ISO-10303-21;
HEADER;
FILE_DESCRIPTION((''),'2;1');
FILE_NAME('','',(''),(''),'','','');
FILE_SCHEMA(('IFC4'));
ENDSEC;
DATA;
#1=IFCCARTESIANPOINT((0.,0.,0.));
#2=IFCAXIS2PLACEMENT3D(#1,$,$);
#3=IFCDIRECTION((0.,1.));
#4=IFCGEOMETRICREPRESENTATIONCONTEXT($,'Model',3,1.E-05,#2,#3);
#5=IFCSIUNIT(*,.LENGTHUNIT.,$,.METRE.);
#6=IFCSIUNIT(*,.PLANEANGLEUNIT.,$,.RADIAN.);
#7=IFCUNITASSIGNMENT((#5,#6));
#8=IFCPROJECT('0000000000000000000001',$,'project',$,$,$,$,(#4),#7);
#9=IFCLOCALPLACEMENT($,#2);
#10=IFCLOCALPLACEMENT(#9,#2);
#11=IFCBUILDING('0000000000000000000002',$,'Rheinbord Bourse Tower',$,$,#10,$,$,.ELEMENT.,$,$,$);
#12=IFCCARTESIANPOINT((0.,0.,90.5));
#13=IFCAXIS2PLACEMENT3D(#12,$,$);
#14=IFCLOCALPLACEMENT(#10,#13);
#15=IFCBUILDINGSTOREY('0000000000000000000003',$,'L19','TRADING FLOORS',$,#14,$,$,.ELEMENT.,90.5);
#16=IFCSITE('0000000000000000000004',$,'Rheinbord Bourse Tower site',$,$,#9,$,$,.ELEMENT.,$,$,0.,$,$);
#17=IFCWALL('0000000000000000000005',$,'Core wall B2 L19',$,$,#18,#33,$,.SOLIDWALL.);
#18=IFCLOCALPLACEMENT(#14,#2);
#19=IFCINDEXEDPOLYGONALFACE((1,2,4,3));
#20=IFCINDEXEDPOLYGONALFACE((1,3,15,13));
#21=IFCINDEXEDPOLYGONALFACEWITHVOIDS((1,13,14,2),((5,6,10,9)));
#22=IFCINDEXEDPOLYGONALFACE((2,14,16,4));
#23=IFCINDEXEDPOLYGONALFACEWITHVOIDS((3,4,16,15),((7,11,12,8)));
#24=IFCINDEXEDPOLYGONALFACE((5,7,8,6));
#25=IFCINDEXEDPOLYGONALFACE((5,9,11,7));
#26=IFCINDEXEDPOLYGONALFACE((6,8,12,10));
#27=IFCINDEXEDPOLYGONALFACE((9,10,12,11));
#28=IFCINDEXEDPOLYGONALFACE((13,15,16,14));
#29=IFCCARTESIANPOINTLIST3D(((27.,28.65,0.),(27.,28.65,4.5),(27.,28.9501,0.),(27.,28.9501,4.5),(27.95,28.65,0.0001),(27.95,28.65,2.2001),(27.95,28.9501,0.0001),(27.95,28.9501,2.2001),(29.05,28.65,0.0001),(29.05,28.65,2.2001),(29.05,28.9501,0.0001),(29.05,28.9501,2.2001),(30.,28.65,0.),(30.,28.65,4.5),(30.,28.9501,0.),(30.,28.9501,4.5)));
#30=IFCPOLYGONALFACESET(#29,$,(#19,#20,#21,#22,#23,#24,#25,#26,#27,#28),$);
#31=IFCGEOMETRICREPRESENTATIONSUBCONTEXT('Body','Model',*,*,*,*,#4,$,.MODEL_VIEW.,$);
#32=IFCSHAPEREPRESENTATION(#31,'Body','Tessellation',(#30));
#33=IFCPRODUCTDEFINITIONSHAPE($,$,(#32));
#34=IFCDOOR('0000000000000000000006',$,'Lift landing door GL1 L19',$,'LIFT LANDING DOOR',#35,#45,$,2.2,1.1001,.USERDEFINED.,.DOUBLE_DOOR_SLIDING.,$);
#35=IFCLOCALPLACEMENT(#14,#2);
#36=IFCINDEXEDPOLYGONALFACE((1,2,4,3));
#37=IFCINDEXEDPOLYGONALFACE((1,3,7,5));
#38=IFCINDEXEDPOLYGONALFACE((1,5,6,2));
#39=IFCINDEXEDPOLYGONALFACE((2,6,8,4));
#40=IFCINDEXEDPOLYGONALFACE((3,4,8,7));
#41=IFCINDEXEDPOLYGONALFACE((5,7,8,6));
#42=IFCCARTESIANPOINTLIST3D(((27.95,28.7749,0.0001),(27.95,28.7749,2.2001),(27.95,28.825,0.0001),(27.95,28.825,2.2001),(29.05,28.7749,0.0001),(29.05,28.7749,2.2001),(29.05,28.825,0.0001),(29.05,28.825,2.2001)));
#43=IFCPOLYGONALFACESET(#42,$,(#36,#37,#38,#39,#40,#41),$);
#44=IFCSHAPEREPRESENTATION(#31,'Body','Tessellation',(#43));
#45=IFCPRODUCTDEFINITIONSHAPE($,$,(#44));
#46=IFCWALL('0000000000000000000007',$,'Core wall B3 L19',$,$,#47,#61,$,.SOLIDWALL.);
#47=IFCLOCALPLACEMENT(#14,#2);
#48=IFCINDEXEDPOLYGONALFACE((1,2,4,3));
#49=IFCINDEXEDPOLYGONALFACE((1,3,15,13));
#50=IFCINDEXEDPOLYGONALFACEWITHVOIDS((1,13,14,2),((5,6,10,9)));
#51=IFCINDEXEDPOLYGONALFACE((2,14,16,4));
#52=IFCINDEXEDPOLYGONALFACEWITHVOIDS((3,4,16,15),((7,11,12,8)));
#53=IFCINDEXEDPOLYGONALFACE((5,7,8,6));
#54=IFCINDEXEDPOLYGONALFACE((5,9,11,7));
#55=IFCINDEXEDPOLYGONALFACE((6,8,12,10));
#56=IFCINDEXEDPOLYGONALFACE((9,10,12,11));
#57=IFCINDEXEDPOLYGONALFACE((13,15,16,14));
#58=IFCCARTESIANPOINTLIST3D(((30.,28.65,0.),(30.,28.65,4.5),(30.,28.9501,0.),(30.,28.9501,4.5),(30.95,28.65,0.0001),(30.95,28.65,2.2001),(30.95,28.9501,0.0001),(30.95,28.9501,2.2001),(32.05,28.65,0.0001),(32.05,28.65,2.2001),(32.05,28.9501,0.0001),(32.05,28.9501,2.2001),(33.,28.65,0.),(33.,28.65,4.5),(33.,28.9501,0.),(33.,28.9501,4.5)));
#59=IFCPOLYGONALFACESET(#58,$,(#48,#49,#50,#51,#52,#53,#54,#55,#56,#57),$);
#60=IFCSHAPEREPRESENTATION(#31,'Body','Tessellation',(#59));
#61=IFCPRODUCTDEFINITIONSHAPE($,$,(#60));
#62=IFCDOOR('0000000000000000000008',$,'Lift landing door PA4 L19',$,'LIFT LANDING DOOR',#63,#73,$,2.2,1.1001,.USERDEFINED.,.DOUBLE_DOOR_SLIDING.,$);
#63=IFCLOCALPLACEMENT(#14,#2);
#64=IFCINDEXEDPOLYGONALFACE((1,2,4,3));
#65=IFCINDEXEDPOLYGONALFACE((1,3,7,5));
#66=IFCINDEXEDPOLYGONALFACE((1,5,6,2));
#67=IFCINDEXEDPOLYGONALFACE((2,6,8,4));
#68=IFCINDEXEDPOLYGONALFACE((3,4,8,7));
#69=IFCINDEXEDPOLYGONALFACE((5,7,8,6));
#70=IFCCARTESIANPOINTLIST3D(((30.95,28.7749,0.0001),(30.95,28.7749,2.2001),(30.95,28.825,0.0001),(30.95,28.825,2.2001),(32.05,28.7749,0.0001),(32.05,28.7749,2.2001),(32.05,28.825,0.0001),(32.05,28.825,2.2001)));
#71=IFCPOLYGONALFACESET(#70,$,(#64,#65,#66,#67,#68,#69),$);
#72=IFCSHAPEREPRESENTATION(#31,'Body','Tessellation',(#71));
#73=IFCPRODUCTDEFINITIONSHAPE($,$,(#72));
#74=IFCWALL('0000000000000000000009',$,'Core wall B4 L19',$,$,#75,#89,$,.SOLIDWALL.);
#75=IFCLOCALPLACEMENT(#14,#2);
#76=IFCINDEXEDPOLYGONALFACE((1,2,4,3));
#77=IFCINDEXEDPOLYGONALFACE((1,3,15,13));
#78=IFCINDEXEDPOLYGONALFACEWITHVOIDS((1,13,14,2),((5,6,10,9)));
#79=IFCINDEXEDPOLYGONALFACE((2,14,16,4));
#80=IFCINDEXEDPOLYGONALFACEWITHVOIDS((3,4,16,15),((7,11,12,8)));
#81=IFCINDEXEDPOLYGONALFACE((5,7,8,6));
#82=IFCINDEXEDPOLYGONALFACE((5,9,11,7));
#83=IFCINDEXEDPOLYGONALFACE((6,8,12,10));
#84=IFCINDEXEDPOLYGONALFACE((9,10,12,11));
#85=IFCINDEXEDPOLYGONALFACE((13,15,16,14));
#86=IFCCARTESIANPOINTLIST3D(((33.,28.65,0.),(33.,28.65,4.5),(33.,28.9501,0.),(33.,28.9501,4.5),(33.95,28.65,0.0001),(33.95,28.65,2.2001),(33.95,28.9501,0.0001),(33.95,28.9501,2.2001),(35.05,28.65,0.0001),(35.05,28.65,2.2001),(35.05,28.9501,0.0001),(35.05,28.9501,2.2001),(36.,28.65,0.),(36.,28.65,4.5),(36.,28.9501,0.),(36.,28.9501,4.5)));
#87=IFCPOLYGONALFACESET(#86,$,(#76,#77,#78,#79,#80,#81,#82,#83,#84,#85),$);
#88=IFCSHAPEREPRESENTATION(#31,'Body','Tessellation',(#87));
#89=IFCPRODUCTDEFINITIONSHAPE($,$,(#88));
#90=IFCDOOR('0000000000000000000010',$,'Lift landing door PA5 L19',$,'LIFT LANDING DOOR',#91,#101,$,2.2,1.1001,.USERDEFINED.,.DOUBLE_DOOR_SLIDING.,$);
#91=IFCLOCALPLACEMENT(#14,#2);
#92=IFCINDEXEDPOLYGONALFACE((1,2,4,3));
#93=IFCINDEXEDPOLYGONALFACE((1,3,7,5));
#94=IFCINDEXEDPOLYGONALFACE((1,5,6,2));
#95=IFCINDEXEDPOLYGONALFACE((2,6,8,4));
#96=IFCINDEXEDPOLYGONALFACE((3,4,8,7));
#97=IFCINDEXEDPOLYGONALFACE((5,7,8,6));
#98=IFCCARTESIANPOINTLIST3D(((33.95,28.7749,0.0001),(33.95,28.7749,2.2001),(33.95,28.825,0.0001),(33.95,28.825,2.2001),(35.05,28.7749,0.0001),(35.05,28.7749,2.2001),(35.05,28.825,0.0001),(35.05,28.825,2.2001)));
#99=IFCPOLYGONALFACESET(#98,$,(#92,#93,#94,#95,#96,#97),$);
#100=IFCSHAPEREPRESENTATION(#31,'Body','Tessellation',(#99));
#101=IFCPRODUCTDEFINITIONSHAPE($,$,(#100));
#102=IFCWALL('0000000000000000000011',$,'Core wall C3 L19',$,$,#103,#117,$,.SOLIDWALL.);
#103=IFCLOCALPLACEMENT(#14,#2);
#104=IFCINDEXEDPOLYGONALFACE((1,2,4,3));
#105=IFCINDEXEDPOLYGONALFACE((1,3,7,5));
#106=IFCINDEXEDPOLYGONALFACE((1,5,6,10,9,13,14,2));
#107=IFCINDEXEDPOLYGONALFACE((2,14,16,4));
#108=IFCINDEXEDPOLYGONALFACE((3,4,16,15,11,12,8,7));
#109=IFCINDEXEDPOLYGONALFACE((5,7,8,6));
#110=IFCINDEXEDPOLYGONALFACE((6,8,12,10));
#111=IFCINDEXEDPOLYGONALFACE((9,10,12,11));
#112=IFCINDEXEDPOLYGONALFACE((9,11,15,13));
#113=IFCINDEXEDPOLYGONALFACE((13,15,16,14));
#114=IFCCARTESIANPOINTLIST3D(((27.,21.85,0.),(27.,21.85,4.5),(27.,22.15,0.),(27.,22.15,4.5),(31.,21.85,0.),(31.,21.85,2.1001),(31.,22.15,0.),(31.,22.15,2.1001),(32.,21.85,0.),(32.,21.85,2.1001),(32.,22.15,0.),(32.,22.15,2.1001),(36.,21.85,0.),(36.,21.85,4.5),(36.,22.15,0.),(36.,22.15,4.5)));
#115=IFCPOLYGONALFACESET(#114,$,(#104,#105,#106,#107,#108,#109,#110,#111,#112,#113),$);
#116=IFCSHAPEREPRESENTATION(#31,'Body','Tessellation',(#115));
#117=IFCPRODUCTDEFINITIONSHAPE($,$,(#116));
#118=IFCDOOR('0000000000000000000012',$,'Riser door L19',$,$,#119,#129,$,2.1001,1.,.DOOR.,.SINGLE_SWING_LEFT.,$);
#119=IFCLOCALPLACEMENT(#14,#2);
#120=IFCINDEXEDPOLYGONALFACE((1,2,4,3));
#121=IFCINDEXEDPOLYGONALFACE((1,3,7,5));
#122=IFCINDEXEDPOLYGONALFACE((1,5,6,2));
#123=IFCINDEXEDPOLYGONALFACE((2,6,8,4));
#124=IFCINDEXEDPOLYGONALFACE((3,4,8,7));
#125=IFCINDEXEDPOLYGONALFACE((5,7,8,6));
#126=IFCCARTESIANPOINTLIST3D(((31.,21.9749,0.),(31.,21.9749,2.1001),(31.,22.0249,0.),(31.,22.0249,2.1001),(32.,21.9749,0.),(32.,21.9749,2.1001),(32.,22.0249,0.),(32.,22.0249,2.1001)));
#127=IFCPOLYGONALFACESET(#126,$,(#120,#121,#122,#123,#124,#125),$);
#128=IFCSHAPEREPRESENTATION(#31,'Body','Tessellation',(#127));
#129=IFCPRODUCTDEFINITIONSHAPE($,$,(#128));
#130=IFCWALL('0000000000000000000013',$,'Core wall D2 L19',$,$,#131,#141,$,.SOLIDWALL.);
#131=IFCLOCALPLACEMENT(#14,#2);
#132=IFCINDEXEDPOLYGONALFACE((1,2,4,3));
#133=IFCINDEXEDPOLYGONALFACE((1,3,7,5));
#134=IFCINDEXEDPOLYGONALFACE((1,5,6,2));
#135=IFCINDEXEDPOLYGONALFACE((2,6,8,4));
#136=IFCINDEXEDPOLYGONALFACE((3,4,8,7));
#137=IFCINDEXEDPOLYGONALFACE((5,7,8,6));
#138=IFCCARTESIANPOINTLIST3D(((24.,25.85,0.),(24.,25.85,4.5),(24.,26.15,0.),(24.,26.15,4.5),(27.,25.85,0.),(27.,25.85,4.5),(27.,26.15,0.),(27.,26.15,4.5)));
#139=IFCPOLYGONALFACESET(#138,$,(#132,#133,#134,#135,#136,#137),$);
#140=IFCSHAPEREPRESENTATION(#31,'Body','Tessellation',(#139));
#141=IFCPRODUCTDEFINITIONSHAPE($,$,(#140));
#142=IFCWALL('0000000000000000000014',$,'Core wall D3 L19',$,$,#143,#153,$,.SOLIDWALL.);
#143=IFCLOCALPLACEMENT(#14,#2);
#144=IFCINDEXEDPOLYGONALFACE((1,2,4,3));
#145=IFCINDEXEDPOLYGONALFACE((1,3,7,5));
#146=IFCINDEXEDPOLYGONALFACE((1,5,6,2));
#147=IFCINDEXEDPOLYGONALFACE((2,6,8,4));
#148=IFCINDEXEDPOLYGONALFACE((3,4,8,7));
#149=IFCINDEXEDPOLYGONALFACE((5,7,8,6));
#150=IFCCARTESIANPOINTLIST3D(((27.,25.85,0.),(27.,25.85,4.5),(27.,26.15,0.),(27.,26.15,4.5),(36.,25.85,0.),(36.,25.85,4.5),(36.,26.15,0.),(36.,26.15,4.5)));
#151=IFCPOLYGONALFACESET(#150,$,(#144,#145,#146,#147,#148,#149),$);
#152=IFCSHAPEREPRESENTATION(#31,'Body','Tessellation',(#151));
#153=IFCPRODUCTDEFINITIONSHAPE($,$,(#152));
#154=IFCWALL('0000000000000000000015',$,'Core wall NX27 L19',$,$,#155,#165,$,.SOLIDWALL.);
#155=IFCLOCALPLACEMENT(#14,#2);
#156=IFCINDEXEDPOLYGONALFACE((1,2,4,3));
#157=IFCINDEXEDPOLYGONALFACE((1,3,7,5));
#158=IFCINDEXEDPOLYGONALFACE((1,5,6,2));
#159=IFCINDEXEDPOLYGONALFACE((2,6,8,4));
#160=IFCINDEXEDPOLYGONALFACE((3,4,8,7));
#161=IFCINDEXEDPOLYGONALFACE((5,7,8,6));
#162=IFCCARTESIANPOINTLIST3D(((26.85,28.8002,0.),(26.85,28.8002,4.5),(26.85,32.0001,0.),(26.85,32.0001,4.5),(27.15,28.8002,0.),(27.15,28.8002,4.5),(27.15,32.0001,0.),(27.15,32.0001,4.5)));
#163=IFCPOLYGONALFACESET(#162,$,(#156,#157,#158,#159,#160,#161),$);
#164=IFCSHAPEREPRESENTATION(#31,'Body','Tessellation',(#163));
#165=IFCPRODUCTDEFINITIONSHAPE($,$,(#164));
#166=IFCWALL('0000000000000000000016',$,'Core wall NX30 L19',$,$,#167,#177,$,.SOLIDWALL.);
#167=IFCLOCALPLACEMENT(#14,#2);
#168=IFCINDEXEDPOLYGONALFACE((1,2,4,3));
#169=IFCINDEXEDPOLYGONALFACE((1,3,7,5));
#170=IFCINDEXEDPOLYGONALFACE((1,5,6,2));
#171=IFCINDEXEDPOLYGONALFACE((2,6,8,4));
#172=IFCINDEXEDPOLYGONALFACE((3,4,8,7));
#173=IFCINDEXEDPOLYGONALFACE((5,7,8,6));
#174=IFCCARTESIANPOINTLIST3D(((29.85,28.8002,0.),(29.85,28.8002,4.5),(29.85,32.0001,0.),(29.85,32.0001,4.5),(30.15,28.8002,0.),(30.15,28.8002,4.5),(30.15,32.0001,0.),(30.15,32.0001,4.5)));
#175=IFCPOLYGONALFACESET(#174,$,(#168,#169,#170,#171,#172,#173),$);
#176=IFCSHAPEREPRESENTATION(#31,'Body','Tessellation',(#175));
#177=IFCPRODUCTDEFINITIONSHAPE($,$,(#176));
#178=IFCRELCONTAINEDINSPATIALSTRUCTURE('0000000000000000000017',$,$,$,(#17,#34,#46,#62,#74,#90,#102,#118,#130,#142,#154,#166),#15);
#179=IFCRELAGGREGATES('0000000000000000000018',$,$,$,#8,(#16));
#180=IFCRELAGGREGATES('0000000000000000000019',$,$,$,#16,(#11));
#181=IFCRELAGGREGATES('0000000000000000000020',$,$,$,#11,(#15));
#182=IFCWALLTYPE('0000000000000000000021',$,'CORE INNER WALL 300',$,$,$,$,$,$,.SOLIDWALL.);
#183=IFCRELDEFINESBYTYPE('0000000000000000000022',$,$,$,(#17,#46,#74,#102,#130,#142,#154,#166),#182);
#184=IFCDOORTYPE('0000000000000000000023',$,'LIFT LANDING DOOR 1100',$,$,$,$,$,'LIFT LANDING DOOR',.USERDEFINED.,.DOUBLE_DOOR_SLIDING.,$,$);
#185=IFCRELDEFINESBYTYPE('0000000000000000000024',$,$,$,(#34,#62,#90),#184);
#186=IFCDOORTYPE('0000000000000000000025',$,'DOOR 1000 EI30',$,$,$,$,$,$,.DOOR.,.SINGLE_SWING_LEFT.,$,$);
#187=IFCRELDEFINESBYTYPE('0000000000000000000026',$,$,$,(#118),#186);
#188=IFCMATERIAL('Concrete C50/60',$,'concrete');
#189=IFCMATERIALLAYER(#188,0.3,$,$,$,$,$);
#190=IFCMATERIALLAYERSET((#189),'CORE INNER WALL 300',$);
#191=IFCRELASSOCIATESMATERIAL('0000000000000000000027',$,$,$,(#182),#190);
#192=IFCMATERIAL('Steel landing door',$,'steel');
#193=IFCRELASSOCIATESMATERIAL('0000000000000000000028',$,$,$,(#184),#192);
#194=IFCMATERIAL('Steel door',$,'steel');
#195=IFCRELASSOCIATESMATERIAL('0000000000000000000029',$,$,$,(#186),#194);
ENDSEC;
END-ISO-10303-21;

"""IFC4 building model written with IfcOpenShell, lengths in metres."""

from ifc_helpers import new_model, si_unit, direction, frame, frame_2d, origin, place, context, subcontext, project, spatial, rectangle, extrude, material, layer, layer_set, type_object, element, fill, save


model = new_model("IFC4")

# Units and contexts
model_context = context("Model", 3, precision=1e-05, world=origin(), true_north=direction((0.0, 1.0)))
body_context = subcontext(model_context, "Body", "Model", "MODEL_VIEW")
ifc_project = project(units=[si_unit("LENGTHUNIT", "METRE"), si_unit("PLANEANGLEUNIT", "RADIAN")], contexts=[model_context])

# Site, building, storey
site_placement = place(None, origin())
site = spatial("IfcSite", under=ifc_project, at=site_placement, Name="Rheinbord Bourse Tower site", CompositionType="ELEMENT", RefElevation=0.0)
building_placement = place(site_placement, origin())
building = spatial("IfcBuilding", under=site, at=building_placement, Name="Rheinbord Bourse Tower", CompositionType="ELEMENT")
storey_placement = place(building_placement, frame((0.0, 0.0, 90.5)))
storey = spatial("IfcBuildingStorey", under=building, at=storey_placement, Name="L19", Description="TRADING FLOORS", CompositionType="ELEMENT", Elevation=90.5)

# Walls, openings, doors
ifc_material_1 = material(Name="Concrete C50/60", Category="concrete")
ifc_layer_1 = layer(ifc_material_1, 0.3)
ifc_layer_set_1 = layer_set([ifc_layer_1], Name="CORE INNER WALL 300")
wall_type_1 = type_object("IfcWallType", Name="CORE INNER WALL 300", PredefinedType="SOLIDWALL", material=ifc_layer_set_1)
wall_1_placement = place(storey_placement, frame((27.0, 28.8, 0.0), z_axis=(0.0, 0.0, 1.0), x_axis=(1.0, 0.0, 0.0)))
wall_1 = element("IfcWall", 1, at=wall_1_placement, inside=storey, type_object=wall_type_1, Name="Core wall B2 L19", PredefinedType="SOLIDWALL", context=body_context, shape_type="SweptSolid", body=[
    extrude(rectangle(XDim=3.0, YDim=0.3, at=frame_2d((1.5, 0.0))), origin(), (0.0, 0.0, 1.0), 4.5),
])
opening_1_placement = place(wall_1_placement, frame((0.95, 0.0, 0.0)))
opening_1 = element("IfcOpeningElement", 2, at=opening_1_placement, cuts=wall_1, PredefinedType="OPENING", context=body_context, shape_type="SweptSolid", body=[
    extrude(rectangle(XDim=1.1001, YDim=2.2, at=frame_2d((0.55, 1.1001))), frame((0.0, 0.1599, 0.0), z_axis=(0.0, -1.0, 0.0), x_axis=(1.0, 0.0, 0.0)), (0.0, 0.0, 1.0), 0.3201),
])
ifc_material_2 = material(Name="Steel landing door", Category="steel")
door_type_1 = type_object("IfcDoorType", Name="LIFT LANDING DOOR 1100", ElementType="LIFT LANDING DOOR", OperationType="DOUBLE_DOOR_SLIDING", PredefinedType="USERDEFINED", material=ifc_material_2)
door_1_placement = place(opening_1_placement, origin())
door_1 = element("IfcDoor", 3, at=door_1_placement, inside=storey, type_object=door_type_1, Name="Lift landing door GL1 L19", ObjectType="LIFT LANDING DOOR", OperationType="DOUBLE_DOOR_SLIDING", OverallHeight=2.2, OverallWidth=1.1001, PredefinedType="USERDEFINED", context=body_context, shape_type="SweptSolid", body=[
    extrude(rectangle(XDim=1.1001, YDim=2.2, at=frame_2d((0.55, 1.1001))), frame((0.0, 0.0249, 0.0), z_axis=(0.0, -1.0, 0.0), x_axis=(1.0, 0.0, 0.0)), (0.0, 0.0, 1.0), 0.05),
])
fill(opening_1, door_1)
wall_2_placement = place(storey_placement, frame((30.0, 28.8, 0.0), z_axis=(0.0, 0.0, 1.0), x_axis=(1.0, 0.0, 0.0)))
wall_2 = element("IfcWall", 4, at=wall_2_placement, inside=storey, type_object=wall_type_1, Name="Core wall B3 L19", PredefinedType="SOLIDWALL", context=body_context, shape_type="SweptSolid", body=[
    extrude(rectangle(XDim=3.0, YDim=0.3, at=frame_2d((1.5, 0.0))), origin(), (0.0, 0.0, 1.0), 4.5),
])
opening_2_placement = place(wall_2_placement, frame((0.95, 0.0, 0.0)))
opening_2 = element("IfcOpeningElement", 5, at=opening_2_placement, cuts=wall_2, PredefinedType="OPENING", context=body_context, shape_type="SweptSolid", body=[
    extrude(rectangle(XDim=1.1001, YDim=2.2, at=frame_2d((0.55, 1.1001))), frame((0.0, 0.1599, 0.0), z_axis=(0.0, -1.0, 0.0), x_axis=(1.0, 0.0, 0.0)), (0.0, 0.0, 1.0), 0.3201),
])
door_2_placement = place(opening_2_placement, origin())
door_2 = element("IfcDoor", 6, at=door_2_placement, inside=storey, type_object=door_type_1, Name="Lift landing door PA4 L19", ObjectType="LIFT LANDING DOOR", OperationType="DOUBLE_DOOR_SLIDING", OverallHeight=2.2, OverallWidth=1.1001, PredefinedType="USERDEFINED", context=body_context, shape_type="SweptSolid", body=[
    extrude(rectangle(XDim=1.1001, YDim=2.2, at=frame_2d((0.55, 1.1001))), frame((0.0, 0.0249, 0.0), z_axis=(0.0, -1.0, 0.0), x_axis=(1.0, 0.0, 0.0)), (0.0, 0.0, 1.0), 0.05),
])
fill(opening_2, door_2)
wall_3_placement = place(storey_placement, frame((33.0, 28.8, 0.0), z_axis=(0.0, 0.0, 1.0), x_axis=(1.0, 0.0, 0.0)))
wall_3 = element("IfcWall", 7, at=wall_3_placement, inside=storey, type_object=wall_type_1, Name="Core wall B4 L19", PredefinedType="SOLIDWALL", context=body_context, shape_type="SweptSolid", body=[
    extrude(rectangle(XDim=3.0, YDim=0.3, at=frame_2d((1.5, 0.0))), origin(), (0.0, 0.0, 1.0), 4.5),
])
opening_3_placement = place(wall_3_placement, frame((0.95, 0.0, 0.0)))
opening_3 = element("IfcOpeningElement", 8, at=opening_3_placement, cuts=wall_3, PredefinedType="OPENING", context=body_context, shape_type="SweptSolid", body=[
    extrude(rectangle(XDim=1.1001, YDim=2.2, at=frame_2d((0.55, 1.1001))), frame((0.0, 0.1599, 0.0), z_axis=(0.0, -1.0, 0.0), x_axis=(1.0, 0.0, 0.0)), (0.0, 0.0, 1.0), 0.3201),
])
door_3_placement = place(opening_3_placement, origin())
door_3 = element("IfcDoor", 9, at=door_3_placement, inside=storey, type_object=door_type_1, Name="Lift landing door PA5 L19", ObjectType="LIFT LANDING DOOR", OperationType="DOUBLE_DOOR_SLIDING", OverallHeight=2.2, OverallWidth=1.1001, PredefinedType="USERDEFINED", context=body_context, shape_type="SweptSolid", body=[
    extrude(rectangle(XDim=1.1001, YDim=2.2, at=frame_2d((0.55, 1.1001))), frame((0.0, 0.0249, 0.0), z_axis=(0.0, -1.0, 0.0), x_axis=(1.0, 0.0, 0.0)), (0.0, 0.0, 1.0), 0.05),
])
fill(opening_3, door_3)
wall_4_placement = place(storey_placement, frame((27.0, 22.0, 0.0), z_axis=(0.0, 0.0, 1.0), x_axis=(1.0, 0.0, 0.0)))
wall_4 = element("IfcWall", 10, at=wall_4_placement, inside=storey, type_object=wall_type_1, Name="Core wall C3 L19", PredefinedType="SOLIDWALL", context=body_context, shape_type="SweptSolid", body=[
    extrude(rectangle(XDim=9.0, YDim=0.3, at=frame_2d((4.5, 0.0))), origin(), (0.0, 0.0, 1.0), 4.5),
])
opening_4_placement = place(wall_4_placement, frame((4.0, 0.0, 0.0)))
opening_4 = element("IfcOpeningElement", 11, at=opening_4_placement, cuts=wall_4, PredefinedType="OPENING", context=body_context, shape_type="SweptSolid", body=[
    extrude(rectangle(XDim=1.0, YDim=2.1001, at=frame_2d((0.5, 1.05))), frame((0.0, 0.1599, 0.0), z_axis=(0.0, -1.0, 0.0), x_axis=(1.0, 0.0, 0.0)), (0.0, 0.0, 1.0), 0.3201),
])
ifc_material_3 = material(Name="Steel door", Category="steel")
door_type_2 = type_object("IfcDoorType", Name="DOOR 1000 EI30", OperationType="SINGLE_SWING_LEFT", PredefinedType="DOOR", material=ifc_material_3)
door_4_placement = place(opening_4_placement, origin())
door_4 = element("IfcDoor", 12, at=door_4_placement, inside=storey, type_object=door_type_2, Name="Riser door L19", OperationType="SINGLE_SWING_LEFT", OverallHeight=2.1001, OverallWidth=1.0, PredefinedType="DOOR", context=body_context, shape_type="SweptSolid", body=[
    extrude(rectangle(XDim=1.0, YDim=2.1001, at=frame_2d((0.5, 1.05))), frame((0.0, 0.0249, 0.0), z_axis=(0.0, -1.0, 0.0), x_axis=(1.0, 0.0, 0.0)), (0.0, 0.0, 1.0), 0.05),
])
fill(opening_4, door_4)

# Walls
wall_5_placement = place(storey_placement, frame((24.0, 26.0, 0.0), z_axis=(0.0, 0.0, 1.0), x_axis=(1.0, 0.0, 0.0)))
element("IfcWall", 13, at=wall_5_placement, inside=storey, type_object=wall_type_1, Name="Core wall D2 L19", PredefinedType="SOLIDWALL", context=body_context, shape_type="SweptSolid", body=[
    extrude(rectangle(XDim=3.0, YDim=0.3, at=frame_2d((1.5, 0.0))), origin(), (0.0, 0.0, 1.0), 4.5),
])
wall_6_placement = place(storey_placement, frame((27.0, 26.0, 0.0), z_axis=(0.0, 0.0, 1.0), x_axis=(1.0, 0.0, 0.0)))
element("IfcWall", 14, at=wall_6_placement, inside=storey, type_object=wall_type_1, Name="Core wall D3 L19", PredefinedType="SOLIDWALL", context=body_context, shape_type="SweptSolid", body=[
    extrude(rectangle(XDim=9.0, YDim=0.3, at=frame_2d((4.5, 0.0))), origin(), (0.0, 0.0, 1.0), 4.5),
])
for number, where, z_axis, x_axis, name in (
    (15, (27.0, 28.8, 0.0), (0.0, 0.0, 1.0), (0.0, 1.0, 0.0), "Core wall NX27 L19"),
    (16, (30.0, 28.8, 0.0), (0.0, 0.0, 1.0), (0.0, 1.0, 0.0), "Core wall NX30 L19"),
):
    element("IfcWall", number, at=place(storey_placement, frame(where, z_axis=z_axis, x_axis=x_axis)), inside=storey, type_object=wall_type_1, Name=name, PredefinedType="SOLIDWALL", context=body_context, shape_type="SweptSolid", body=[
        extrude(rectangle(XDim=3.2, YDim=0.3, at=frame_2d((1.6001, 0.0))), origin(), (0.0, 0.0, 1.0), 4.5),
    ])

save(model, "model.ifc")
